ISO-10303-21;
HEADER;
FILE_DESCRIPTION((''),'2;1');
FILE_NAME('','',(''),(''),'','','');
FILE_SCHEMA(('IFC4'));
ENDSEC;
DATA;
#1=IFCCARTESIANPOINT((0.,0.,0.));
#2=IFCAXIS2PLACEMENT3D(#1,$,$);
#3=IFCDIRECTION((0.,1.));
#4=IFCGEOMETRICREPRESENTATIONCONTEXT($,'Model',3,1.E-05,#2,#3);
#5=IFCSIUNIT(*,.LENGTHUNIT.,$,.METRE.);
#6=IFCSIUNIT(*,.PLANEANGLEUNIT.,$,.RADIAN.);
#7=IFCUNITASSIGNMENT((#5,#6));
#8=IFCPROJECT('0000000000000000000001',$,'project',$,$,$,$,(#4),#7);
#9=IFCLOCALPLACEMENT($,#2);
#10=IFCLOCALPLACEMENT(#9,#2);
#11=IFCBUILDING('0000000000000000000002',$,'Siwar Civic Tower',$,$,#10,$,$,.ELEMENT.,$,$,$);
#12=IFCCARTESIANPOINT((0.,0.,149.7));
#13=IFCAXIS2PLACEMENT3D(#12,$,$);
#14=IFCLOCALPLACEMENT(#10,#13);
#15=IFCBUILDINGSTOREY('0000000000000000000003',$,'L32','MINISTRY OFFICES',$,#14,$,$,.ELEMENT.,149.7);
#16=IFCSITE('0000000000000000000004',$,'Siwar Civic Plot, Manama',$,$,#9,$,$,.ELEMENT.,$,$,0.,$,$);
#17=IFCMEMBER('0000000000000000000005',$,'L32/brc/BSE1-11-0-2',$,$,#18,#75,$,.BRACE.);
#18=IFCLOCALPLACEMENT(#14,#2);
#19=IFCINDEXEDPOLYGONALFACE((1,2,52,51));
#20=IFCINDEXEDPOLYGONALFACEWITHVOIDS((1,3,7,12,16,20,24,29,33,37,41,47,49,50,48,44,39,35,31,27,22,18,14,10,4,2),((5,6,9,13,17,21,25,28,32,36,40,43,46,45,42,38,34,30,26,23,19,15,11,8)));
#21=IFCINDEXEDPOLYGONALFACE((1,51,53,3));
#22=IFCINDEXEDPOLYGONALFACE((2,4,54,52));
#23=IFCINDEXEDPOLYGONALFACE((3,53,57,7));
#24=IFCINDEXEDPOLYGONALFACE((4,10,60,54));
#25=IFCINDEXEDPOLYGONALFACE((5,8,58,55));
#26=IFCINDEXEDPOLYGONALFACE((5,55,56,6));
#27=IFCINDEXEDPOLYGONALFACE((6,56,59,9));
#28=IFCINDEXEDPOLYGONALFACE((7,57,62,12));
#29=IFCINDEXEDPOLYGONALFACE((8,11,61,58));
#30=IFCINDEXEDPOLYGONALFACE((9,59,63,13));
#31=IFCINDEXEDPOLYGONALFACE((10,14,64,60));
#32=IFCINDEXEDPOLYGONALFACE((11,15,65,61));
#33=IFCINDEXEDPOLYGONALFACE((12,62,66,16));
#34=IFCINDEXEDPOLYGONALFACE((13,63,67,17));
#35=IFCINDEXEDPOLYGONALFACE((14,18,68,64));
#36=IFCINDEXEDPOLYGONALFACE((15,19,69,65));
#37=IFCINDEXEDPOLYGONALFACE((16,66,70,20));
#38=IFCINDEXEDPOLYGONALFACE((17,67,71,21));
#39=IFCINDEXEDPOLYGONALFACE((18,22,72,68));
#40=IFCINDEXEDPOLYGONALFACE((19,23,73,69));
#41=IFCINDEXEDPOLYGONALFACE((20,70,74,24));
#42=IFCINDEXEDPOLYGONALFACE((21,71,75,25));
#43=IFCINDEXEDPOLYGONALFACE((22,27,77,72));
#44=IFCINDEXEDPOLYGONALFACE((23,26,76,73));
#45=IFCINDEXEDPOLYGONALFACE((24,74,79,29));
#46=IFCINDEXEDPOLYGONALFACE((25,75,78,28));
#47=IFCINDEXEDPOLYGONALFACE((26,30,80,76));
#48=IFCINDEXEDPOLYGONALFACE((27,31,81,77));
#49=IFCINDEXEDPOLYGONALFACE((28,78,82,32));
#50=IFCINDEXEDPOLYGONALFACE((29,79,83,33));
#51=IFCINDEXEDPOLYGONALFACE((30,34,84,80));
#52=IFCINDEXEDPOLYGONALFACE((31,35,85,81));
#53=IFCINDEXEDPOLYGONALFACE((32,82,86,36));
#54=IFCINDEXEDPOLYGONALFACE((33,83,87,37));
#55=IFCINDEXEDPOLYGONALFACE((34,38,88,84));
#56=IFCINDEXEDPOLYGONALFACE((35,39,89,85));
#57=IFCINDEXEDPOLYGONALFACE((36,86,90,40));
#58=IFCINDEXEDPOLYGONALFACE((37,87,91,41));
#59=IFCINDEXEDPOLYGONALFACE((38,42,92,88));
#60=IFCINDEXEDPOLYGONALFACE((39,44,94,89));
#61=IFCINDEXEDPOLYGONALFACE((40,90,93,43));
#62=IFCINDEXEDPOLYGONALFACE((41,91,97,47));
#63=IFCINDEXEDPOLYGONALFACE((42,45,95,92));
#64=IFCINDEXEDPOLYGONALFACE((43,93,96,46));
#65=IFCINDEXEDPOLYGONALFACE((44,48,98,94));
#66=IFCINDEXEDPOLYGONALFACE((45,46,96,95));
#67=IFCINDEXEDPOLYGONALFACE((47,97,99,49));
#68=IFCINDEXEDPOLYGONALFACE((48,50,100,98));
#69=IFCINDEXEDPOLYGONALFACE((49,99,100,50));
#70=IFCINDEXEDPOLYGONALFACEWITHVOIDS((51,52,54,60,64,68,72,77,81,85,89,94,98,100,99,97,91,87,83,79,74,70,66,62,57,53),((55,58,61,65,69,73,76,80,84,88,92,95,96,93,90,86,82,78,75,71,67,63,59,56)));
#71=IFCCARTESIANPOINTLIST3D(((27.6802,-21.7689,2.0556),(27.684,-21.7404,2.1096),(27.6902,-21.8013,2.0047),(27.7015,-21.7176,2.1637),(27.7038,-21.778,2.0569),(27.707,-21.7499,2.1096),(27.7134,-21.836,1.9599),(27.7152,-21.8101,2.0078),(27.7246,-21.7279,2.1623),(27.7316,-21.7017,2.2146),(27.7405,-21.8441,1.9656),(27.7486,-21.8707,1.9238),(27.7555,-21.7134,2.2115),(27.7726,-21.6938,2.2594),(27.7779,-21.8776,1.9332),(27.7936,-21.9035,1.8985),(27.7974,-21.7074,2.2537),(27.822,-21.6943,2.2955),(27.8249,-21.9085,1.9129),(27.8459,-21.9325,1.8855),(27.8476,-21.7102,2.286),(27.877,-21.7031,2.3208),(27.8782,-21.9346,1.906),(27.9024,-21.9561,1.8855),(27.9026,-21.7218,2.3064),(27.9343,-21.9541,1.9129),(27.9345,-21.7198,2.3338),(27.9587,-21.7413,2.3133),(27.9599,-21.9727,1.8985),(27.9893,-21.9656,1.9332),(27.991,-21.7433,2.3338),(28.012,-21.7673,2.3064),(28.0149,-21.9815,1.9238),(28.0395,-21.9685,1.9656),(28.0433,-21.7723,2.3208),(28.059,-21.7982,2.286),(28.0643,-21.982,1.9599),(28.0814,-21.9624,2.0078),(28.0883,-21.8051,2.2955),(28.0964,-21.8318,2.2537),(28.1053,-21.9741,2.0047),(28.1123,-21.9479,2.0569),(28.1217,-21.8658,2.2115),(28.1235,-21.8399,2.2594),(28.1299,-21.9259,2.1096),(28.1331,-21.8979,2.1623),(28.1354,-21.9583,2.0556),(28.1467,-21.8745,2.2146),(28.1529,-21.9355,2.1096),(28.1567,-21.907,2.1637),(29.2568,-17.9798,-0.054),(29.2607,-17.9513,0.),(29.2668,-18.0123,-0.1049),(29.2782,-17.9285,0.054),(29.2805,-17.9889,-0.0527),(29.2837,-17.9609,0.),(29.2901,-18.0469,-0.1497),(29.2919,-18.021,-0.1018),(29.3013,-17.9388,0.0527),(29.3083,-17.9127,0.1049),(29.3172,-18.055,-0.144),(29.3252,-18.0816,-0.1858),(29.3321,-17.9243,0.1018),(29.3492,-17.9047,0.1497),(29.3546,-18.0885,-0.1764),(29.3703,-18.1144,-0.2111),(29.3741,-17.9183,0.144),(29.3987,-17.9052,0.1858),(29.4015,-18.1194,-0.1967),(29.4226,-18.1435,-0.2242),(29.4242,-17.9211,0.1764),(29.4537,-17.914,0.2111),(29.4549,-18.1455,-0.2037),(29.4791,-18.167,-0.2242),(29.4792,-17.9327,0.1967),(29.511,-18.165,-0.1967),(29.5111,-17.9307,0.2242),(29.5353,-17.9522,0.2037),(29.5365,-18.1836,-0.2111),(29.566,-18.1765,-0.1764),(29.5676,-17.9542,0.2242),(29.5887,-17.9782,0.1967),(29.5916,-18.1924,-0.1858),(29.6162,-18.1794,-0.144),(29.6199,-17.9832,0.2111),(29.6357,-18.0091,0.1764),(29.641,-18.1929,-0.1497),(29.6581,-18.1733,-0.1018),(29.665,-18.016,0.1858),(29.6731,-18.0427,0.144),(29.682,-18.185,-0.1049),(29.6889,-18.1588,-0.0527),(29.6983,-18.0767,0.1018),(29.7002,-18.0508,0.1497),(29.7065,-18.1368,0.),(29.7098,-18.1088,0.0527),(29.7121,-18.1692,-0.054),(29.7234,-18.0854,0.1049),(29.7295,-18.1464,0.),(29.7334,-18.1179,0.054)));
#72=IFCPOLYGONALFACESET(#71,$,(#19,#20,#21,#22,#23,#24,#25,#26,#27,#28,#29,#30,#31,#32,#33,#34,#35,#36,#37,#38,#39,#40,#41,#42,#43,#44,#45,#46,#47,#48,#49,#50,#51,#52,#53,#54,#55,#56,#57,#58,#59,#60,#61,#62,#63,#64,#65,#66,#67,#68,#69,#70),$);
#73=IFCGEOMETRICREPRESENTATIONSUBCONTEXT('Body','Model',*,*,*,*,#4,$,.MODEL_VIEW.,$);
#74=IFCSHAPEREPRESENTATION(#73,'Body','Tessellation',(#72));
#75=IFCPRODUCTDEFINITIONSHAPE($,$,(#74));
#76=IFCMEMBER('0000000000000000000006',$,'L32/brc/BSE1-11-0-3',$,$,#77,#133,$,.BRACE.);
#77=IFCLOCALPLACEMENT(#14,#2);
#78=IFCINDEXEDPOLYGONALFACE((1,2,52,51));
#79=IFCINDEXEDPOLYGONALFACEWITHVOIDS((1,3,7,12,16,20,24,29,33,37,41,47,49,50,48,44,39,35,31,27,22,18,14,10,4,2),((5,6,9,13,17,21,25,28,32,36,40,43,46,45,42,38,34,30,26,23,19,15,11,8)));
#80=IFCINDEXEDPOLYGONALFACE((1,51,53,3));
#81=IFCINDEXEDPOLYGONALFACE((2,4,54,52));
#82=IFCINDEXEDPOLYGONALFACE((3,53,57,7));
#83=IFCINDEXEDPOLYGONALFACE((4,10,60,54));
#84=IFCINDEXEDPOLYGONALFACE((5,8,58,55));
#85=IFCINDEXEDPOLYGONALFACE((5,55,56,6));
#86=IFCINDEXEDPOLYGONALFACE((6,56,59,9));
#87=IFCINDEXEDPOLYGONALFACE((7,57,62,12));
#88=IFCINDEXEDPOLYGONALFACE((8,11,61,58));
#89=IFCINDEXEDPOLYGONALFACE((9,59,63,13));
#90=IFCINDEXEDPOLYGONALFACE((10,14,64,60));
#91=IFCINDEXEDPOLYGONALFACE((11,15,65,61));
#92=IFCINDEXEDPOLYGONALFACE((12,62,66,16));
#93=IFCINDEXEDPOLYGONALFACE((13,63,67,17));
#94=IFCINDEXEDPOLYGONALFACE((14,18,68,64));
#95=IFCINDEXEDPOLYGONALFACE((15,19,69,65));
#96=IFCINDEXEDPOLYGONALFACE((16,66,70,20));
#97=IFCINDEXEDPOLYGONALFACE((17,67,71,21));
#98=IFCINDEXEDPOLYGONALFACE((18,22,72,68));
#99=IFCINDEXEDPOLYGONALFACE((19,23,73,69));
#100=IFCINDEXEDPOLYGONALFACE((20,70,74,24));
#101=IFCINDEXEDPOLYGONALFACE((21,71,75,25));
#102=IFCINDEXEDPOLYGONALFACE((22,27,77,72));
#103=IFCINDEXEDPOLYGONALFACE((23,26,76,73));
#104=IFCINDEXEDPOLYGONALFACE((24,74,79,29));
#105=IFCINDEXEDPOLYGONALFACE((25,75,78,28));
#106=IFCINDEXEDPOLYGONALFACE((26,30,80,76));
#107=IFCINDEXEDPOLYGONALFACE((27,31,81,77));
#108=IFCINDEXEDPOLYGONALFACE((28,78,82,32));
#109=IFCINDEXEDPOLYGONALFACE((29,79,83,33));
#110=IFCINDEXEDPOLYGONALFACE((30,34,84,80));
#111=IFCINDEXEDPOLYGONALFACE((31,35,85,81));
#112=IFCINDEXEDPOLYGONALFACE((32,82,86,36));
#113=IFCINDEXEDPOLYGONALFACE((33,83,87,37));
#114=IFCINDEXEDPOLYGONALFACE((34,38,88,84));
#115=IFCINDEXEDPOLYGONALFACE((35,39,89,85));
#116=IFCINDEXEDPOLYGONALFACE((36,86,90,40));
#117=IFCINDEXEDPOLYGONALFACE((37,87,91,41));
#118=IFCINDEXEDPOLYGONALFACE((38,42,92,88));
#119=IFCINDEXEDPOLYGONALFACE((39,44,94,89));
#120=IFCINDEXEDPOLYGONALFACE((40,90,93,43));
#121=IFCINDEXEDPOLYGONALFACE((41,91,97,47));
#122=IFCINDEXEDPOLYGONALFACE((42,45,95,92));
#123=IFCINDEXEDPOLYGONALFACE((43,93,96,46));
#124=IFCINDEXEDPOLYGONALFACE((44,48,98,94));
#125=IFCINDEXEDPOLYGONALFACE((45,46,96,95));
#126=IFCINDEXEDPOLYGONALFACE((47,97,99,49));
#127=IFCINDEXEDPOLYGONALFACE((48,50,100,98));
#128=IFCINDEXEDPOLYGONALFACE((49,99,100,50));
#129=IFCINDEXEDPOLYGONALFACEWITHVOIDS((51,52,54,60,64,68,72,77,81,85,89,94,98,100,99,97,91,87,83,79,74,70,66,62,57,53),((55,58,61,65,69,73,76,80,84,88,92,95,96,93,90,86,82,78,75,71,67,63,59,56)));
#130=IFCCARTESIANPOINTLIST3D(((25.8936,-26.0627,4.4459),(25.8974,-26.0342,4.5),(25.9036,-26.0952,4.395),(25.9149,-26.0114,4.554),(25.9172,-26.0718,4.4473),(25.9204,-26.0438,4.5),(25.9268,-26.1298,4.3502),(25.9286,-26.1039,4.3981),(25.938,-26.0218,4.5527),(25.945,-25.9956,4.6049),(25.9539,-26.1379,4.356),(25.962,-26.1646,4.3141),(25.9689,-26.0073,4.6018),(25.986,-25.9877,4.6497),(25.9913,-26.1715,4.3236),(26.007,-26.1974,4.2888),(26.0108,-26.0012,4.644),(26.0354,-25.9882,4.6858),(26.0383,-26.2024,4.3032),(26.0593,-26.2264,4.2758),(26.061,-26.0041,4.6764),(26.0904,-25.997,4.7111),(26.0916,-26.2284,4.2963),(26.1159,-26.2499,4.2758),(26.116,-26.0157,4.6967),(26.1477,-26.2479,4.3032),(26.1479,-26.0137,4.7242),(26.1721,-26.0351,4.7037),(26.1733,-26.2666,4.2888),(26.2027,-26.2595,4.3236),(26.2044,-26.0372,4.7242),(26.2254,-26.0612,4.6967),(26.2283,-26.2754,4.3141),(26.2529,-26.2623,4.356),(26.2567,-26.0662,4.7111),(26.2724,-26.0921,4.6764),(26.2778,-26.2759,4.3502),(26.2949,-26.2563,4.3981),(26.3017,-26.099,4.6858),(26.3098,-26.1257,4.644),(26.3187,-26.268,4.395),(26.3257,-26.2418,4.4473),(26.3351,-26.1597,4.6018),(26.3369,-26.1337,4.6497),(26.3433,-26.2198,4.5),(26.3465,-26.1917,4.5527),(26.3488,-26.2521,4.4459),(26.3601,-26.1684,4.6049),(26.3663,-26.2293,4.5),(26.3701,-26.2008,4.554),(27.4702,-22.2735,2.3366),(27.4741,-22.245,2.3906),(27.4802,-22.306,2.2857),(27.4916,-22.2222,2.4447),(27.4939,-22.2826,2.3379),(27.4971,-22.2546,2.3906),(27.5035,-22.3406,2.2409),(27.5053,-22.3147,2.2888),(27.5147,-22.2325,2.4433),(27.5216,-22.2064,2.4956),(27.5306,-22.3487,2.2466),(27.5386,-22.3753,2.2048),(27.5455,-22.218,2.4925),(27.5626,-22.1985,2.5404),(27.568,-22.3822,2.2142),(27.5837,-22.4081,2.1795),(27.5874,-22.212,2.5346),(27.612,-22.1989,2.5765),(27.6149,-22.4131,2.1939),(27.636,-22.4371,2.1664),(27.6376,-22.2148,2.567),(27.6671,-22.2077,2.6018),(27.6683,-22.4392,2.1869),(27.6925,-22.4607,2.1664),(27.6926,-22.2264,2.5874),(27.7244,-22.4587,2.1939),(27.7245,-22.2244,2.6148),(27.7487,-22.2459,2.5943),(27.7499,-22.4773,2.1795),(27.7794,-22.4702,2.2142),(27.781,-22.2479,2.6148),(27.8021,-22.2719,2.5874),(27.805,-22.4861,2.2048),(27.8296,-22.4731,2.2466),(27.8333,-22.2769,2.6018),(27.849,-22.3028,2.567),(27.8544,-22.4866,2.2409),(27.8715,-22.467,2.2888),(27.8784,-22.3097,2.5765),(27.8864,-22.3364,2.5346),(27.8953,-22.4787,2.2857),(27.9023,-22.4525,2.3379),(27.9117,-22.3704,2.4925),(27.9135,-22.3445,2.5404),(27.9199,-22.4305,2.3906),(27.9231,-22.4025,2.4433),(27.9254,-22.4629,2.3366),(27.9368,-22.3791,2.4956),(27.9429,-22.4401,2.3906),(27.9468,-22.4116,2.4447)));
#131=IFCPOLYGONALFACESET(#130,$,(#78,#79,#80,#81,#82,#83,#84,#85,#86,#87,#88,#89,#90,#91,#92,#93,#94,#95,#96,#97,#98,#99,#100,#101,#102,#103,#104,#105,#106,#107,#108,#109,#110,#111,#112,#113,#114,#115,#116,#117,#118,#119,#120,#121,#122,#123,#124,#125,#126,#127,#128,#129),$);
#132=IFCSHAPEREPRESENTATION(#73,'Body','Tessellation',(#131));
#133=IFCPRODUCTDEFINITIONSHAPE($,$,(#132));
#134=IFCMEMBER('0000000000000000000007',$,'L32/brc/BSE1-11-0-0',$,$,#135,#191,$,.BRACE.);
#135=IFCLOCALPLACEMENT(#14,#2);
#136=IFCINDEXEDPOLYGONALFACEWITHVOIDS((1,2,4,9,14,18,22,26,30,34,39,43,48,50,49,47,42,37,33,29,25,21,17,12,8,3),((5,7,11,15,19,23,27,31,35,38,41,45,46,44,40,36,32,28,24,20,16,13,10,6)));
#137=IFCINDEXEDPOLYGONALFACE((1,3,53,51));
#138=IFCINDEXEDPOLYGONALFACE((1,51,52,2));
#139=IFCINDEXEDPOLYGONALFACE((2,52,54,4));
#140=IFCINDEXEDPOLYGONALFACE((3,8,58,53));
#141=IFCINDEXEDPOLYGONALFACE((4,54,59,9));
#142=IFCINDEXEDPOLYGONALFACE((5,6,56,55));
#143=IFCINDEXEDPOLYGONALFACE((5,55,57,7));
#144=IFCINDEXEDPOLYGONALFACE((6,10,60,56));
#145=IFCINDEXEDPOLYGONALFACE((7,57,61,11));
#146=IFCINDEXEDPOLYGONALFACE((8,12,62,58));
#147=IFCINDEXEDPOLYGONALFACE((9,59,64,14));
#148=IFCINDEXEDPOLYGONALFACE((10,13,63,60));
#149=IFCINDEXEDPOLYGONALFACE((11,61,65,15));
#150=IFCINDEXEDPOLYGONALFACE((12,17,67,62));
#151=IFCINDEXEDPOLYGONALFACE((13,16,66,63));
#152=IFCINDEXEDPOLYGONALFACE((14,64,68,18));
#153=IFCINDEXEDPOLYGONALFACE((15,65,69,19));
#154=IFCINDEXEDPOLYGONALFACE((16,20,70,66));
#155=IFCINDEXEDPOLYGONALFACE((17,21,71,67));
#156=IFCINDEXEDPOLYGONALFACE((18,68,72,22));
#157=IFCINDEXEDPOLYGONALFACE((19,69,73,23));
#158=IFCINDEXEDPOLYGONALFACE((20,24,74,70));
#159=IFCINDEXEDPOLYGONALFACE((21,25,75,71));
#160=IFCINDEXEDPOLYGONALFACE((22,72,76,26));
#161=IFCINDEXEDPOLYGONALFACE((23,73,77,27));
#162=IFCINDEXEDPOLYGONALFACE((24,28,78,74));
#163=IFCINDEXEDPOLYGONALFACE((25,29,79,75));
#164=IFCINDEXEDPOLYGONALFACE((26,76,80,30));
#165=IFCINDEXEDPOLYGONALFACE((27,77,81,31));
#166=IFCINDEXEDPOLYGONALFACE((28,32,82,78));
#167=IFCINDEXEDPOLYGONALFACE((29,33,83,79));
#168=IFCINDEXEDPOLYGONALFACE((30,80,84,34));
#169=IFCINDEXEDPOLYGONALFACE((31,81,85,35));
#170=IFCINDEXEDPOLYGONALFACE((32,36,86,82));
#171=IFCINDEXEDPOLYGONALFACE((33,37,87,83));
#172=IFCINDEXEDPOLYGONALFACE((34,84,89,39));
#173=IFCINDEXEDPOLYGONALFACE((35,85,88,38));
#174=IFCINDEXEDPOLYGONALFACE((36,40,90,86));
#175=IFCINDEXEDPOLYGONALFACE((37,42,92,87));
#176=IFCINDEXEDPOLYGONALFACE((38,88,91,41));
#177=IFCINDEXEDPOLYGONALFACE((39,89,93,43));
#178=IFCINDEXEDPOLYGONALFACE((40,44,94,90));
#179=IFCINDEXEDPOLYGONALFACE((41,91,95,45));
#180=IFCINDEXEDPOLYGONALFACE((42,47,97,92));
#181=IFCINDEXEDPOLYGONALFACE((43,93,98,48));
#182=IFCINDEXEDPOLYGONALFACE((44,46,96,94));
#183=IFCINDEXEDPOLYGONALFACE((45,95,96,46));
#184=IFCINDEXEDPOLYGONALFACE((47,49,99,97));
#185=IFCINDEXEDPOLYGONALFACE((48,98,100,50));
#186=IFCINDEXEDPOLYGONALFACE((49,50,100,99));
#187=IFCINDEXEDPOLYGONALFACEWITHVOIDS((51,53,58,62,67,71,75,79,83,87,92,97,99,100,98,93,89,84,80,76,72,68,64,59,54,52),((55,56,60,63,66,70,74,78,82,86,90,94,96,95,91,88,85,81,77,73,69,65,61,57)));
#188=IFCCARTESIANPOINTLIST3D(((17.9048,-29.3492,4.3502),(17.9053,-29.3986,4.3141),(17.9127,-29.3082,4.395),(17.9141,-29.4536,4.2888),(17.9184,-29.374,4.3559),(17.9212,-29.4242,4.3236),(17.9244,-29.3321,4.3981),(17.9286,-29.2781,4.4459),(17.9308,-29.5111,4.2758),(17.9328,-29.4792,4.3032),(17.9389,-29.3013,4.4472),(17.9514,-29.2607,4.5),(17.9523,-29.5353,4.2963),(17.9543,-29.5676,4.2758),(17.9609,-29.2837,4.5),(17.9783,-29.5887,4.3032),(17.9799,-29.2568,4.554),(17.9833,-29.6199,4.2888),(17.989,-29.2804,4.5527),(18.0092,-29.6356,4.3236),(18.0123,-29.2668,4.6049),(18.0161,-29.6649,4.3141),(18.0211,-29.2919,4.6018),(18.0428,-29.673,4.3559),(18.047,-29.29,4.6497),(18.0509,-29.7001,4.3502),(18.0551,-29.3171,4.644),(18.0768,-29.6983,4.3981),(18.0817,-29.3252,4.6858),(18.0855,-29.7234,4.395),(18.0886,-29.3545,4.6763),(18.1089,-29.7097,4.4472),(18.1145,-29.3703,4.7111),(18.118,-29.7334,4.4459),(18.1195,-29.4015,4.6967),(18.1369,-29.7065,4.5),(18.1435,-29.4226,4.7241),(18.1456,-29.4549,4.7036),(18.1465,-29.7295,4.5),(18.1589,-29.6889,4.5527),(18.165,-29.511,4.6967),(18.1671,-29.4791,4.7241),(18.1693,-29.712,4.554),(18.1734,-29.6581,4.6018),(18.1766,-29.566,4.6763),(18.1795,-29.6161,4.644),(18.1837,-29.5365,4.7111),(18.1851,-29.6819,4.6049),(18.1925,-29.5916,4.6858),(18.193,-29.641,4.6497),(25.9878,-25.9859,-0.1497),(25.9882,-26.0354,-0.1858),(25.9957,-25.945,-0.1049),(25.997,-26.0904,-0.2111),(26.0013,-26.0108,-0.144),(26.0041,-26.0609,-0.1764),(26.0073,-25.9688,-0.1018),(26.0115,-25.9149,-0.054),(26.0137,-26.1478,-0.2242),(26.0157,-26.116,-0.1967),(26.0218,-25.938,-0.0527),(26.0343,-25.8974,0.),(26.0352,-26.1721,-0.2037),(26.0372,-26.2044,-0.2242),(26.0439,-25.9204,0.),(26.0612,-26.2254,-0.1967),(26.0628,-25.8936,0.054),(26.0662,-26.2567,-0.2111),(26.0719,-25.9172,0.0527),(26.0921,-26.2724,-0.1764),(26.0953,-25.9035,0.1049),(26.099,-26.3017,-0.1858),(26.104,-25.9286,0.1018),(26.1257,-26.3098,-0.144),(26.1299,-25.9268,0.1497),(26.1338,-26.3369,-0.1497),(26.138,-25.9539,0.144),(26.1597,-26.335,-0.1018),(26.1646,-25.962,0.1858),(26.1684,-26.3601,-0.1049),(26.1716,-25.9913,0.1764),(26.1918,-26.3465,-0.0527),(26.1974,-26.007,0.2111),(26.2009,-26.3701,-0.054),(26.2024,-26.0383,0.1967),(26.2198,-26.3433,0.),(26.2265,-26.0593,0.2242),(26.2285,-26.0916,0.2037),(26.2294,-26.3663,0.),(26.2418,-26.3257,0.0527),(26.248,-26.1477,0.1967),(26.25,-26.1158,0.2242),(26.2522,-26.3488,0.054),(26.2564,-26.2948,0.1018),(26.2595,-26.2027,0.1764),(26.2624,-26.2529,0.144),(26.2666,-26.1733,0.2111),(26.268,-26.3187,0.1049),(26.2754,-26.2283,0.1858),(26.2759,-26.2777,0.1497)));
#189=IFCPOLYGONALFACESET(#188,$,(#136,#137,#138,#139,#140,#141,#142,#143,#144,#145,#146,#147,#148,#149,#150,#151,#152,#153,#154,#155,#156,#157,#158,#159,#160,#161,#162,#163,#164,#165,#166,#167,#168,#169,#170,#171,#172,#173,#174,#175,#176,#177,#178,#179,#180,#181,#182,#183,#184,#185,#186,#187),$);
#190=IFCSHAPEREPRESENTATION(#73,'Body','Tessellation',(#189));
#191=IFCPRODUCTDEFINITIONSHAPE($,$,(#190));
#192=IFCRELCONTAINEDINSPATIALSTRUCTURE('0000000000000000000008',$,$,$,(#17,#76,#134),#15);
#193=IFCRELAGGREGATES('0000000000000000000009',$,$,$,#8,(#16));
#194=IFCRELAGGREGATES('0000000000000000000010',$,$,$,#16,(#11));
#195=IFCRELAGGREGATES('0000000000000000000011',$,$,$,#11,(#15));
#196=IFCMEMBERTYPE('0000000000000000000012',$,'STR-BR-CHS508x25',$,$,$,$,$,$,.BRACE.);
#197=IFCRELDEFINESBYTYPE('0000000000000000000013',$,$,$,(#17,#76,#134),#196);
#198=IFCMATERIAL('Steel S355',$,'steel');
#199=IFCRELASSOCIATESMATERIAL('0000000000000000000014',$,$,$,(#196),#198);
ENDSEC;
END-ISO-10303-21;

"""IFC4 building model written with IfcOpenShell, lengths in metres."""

from ifc_helpers import new_model, si_unit, direction, frame, origin, origin_2d, place, context, subcontext, project, spatial, hollow_circle, extrude, material, material_profile, profile_set, type_object, element, save


model = new_model("IFC4")

# Units and contexts
model_context = context("Model", 3, precision=1e-05, world=origin(), true_north=direction((0.0, 1.0)))
body_context = subcontext(model_context, "Body", "Model", "MODEL_VIEW")
ifc_project = project(units=[si_unit("LENGTHUNIT", "METRE"), si_unit("PLANEANGLEUNIT", "RADIAN")], contexts=[model_context])

# Site, building, storey
site_placement = place(None, origin())
site = spatial("IfcSite", under=ifc_project, at=site_placement, Name="Siwar Civic Plot, Manama", CompositionType="ELEMENT", RefElevation=0.0)
building_placement = place(site_placement, origin())
building = spatial("IfcBuilding", under=site, at=building_placement, Name="Siwar Civic Tower", CompositionType="ELEMENT")
storey_placement = place(building_placement, frame((0.0, 0.0, 149.7)))
storey = spatial("IfcBuildingStorey", under=building, at=storey_placement, Name="L32", Description="MINISTRY OFFICES", CompositionType="ELEMENT", Elevation=149.7)

# Members
ifc_material_1 = material(Name="Steel S355", Category="steel")
ifc_material_profile_1 = material_profile(ifc_material_1, hollow_circle(Radius=0.2539, WallThickness=0.0249, at=origin_2d()), Name="CHS508x25")
ifc_profile_set_1 = profile_set([ifc_material_profile_1], Name="Steel S355")
member_type_1 = type_object("IfcMemberType", Name="STR-BR-CHS508x25", PredefinedType="BRACE", material=ifc_profile_set_1)
for number, where, z_axis, x_axis, name in (
    (1, (29.4951, -18.0488, 0.0), (-0.341677, -0.821126, 0.457175), (0.92326, -0.384176, 0.0), "L32/brc/BSE1-11-0-2"),
    (2, (27.7085, -22.3425, 2.3906), (-0.341671, -0.821163, 0.457113), (0.923269, -0.384155, 0.0), "L32/brc/BSE1-11-0-3"),
):
    element("IfcMember", number, at=place(storey_placement, frame(where, z_axis=z_axis, x_axis=x_axis)), inside=storey, type_object=member_type_1, Name=name, PredefinedType="BRACE", context=body_context, shape_type="SweptSolid", body=[
        extrude(hollow_circle(Radius=0.2539, WallThickness=0.0249, at=origin_2d()), origin(), (0.0, 0.0, 1.0), 4.6145),
    ])
member_1_placement = place(storey_placement, frame((26.1318, -26.1318, 0.0), z_axis=(-0.821143, -0.341671, 0.457149), x_axis=(0.384164, -0.923265, 0.0)))
element("IfcMember", 3, at=member_1_placement, inside=storey, type_object=member_type_1, Name="L32/brc/BSE1-11-0-0", PredefinedType="BRACE", context=body_context, shape_type="SweptSolid", body=[
    extrude(hollow_circle(Radius=0.2539, WallThickness=0.0249, at=origin_2d()), origin(), (0.0, 0.0, 1.0), 9.8435),
])

save(model, "model.ifc")
